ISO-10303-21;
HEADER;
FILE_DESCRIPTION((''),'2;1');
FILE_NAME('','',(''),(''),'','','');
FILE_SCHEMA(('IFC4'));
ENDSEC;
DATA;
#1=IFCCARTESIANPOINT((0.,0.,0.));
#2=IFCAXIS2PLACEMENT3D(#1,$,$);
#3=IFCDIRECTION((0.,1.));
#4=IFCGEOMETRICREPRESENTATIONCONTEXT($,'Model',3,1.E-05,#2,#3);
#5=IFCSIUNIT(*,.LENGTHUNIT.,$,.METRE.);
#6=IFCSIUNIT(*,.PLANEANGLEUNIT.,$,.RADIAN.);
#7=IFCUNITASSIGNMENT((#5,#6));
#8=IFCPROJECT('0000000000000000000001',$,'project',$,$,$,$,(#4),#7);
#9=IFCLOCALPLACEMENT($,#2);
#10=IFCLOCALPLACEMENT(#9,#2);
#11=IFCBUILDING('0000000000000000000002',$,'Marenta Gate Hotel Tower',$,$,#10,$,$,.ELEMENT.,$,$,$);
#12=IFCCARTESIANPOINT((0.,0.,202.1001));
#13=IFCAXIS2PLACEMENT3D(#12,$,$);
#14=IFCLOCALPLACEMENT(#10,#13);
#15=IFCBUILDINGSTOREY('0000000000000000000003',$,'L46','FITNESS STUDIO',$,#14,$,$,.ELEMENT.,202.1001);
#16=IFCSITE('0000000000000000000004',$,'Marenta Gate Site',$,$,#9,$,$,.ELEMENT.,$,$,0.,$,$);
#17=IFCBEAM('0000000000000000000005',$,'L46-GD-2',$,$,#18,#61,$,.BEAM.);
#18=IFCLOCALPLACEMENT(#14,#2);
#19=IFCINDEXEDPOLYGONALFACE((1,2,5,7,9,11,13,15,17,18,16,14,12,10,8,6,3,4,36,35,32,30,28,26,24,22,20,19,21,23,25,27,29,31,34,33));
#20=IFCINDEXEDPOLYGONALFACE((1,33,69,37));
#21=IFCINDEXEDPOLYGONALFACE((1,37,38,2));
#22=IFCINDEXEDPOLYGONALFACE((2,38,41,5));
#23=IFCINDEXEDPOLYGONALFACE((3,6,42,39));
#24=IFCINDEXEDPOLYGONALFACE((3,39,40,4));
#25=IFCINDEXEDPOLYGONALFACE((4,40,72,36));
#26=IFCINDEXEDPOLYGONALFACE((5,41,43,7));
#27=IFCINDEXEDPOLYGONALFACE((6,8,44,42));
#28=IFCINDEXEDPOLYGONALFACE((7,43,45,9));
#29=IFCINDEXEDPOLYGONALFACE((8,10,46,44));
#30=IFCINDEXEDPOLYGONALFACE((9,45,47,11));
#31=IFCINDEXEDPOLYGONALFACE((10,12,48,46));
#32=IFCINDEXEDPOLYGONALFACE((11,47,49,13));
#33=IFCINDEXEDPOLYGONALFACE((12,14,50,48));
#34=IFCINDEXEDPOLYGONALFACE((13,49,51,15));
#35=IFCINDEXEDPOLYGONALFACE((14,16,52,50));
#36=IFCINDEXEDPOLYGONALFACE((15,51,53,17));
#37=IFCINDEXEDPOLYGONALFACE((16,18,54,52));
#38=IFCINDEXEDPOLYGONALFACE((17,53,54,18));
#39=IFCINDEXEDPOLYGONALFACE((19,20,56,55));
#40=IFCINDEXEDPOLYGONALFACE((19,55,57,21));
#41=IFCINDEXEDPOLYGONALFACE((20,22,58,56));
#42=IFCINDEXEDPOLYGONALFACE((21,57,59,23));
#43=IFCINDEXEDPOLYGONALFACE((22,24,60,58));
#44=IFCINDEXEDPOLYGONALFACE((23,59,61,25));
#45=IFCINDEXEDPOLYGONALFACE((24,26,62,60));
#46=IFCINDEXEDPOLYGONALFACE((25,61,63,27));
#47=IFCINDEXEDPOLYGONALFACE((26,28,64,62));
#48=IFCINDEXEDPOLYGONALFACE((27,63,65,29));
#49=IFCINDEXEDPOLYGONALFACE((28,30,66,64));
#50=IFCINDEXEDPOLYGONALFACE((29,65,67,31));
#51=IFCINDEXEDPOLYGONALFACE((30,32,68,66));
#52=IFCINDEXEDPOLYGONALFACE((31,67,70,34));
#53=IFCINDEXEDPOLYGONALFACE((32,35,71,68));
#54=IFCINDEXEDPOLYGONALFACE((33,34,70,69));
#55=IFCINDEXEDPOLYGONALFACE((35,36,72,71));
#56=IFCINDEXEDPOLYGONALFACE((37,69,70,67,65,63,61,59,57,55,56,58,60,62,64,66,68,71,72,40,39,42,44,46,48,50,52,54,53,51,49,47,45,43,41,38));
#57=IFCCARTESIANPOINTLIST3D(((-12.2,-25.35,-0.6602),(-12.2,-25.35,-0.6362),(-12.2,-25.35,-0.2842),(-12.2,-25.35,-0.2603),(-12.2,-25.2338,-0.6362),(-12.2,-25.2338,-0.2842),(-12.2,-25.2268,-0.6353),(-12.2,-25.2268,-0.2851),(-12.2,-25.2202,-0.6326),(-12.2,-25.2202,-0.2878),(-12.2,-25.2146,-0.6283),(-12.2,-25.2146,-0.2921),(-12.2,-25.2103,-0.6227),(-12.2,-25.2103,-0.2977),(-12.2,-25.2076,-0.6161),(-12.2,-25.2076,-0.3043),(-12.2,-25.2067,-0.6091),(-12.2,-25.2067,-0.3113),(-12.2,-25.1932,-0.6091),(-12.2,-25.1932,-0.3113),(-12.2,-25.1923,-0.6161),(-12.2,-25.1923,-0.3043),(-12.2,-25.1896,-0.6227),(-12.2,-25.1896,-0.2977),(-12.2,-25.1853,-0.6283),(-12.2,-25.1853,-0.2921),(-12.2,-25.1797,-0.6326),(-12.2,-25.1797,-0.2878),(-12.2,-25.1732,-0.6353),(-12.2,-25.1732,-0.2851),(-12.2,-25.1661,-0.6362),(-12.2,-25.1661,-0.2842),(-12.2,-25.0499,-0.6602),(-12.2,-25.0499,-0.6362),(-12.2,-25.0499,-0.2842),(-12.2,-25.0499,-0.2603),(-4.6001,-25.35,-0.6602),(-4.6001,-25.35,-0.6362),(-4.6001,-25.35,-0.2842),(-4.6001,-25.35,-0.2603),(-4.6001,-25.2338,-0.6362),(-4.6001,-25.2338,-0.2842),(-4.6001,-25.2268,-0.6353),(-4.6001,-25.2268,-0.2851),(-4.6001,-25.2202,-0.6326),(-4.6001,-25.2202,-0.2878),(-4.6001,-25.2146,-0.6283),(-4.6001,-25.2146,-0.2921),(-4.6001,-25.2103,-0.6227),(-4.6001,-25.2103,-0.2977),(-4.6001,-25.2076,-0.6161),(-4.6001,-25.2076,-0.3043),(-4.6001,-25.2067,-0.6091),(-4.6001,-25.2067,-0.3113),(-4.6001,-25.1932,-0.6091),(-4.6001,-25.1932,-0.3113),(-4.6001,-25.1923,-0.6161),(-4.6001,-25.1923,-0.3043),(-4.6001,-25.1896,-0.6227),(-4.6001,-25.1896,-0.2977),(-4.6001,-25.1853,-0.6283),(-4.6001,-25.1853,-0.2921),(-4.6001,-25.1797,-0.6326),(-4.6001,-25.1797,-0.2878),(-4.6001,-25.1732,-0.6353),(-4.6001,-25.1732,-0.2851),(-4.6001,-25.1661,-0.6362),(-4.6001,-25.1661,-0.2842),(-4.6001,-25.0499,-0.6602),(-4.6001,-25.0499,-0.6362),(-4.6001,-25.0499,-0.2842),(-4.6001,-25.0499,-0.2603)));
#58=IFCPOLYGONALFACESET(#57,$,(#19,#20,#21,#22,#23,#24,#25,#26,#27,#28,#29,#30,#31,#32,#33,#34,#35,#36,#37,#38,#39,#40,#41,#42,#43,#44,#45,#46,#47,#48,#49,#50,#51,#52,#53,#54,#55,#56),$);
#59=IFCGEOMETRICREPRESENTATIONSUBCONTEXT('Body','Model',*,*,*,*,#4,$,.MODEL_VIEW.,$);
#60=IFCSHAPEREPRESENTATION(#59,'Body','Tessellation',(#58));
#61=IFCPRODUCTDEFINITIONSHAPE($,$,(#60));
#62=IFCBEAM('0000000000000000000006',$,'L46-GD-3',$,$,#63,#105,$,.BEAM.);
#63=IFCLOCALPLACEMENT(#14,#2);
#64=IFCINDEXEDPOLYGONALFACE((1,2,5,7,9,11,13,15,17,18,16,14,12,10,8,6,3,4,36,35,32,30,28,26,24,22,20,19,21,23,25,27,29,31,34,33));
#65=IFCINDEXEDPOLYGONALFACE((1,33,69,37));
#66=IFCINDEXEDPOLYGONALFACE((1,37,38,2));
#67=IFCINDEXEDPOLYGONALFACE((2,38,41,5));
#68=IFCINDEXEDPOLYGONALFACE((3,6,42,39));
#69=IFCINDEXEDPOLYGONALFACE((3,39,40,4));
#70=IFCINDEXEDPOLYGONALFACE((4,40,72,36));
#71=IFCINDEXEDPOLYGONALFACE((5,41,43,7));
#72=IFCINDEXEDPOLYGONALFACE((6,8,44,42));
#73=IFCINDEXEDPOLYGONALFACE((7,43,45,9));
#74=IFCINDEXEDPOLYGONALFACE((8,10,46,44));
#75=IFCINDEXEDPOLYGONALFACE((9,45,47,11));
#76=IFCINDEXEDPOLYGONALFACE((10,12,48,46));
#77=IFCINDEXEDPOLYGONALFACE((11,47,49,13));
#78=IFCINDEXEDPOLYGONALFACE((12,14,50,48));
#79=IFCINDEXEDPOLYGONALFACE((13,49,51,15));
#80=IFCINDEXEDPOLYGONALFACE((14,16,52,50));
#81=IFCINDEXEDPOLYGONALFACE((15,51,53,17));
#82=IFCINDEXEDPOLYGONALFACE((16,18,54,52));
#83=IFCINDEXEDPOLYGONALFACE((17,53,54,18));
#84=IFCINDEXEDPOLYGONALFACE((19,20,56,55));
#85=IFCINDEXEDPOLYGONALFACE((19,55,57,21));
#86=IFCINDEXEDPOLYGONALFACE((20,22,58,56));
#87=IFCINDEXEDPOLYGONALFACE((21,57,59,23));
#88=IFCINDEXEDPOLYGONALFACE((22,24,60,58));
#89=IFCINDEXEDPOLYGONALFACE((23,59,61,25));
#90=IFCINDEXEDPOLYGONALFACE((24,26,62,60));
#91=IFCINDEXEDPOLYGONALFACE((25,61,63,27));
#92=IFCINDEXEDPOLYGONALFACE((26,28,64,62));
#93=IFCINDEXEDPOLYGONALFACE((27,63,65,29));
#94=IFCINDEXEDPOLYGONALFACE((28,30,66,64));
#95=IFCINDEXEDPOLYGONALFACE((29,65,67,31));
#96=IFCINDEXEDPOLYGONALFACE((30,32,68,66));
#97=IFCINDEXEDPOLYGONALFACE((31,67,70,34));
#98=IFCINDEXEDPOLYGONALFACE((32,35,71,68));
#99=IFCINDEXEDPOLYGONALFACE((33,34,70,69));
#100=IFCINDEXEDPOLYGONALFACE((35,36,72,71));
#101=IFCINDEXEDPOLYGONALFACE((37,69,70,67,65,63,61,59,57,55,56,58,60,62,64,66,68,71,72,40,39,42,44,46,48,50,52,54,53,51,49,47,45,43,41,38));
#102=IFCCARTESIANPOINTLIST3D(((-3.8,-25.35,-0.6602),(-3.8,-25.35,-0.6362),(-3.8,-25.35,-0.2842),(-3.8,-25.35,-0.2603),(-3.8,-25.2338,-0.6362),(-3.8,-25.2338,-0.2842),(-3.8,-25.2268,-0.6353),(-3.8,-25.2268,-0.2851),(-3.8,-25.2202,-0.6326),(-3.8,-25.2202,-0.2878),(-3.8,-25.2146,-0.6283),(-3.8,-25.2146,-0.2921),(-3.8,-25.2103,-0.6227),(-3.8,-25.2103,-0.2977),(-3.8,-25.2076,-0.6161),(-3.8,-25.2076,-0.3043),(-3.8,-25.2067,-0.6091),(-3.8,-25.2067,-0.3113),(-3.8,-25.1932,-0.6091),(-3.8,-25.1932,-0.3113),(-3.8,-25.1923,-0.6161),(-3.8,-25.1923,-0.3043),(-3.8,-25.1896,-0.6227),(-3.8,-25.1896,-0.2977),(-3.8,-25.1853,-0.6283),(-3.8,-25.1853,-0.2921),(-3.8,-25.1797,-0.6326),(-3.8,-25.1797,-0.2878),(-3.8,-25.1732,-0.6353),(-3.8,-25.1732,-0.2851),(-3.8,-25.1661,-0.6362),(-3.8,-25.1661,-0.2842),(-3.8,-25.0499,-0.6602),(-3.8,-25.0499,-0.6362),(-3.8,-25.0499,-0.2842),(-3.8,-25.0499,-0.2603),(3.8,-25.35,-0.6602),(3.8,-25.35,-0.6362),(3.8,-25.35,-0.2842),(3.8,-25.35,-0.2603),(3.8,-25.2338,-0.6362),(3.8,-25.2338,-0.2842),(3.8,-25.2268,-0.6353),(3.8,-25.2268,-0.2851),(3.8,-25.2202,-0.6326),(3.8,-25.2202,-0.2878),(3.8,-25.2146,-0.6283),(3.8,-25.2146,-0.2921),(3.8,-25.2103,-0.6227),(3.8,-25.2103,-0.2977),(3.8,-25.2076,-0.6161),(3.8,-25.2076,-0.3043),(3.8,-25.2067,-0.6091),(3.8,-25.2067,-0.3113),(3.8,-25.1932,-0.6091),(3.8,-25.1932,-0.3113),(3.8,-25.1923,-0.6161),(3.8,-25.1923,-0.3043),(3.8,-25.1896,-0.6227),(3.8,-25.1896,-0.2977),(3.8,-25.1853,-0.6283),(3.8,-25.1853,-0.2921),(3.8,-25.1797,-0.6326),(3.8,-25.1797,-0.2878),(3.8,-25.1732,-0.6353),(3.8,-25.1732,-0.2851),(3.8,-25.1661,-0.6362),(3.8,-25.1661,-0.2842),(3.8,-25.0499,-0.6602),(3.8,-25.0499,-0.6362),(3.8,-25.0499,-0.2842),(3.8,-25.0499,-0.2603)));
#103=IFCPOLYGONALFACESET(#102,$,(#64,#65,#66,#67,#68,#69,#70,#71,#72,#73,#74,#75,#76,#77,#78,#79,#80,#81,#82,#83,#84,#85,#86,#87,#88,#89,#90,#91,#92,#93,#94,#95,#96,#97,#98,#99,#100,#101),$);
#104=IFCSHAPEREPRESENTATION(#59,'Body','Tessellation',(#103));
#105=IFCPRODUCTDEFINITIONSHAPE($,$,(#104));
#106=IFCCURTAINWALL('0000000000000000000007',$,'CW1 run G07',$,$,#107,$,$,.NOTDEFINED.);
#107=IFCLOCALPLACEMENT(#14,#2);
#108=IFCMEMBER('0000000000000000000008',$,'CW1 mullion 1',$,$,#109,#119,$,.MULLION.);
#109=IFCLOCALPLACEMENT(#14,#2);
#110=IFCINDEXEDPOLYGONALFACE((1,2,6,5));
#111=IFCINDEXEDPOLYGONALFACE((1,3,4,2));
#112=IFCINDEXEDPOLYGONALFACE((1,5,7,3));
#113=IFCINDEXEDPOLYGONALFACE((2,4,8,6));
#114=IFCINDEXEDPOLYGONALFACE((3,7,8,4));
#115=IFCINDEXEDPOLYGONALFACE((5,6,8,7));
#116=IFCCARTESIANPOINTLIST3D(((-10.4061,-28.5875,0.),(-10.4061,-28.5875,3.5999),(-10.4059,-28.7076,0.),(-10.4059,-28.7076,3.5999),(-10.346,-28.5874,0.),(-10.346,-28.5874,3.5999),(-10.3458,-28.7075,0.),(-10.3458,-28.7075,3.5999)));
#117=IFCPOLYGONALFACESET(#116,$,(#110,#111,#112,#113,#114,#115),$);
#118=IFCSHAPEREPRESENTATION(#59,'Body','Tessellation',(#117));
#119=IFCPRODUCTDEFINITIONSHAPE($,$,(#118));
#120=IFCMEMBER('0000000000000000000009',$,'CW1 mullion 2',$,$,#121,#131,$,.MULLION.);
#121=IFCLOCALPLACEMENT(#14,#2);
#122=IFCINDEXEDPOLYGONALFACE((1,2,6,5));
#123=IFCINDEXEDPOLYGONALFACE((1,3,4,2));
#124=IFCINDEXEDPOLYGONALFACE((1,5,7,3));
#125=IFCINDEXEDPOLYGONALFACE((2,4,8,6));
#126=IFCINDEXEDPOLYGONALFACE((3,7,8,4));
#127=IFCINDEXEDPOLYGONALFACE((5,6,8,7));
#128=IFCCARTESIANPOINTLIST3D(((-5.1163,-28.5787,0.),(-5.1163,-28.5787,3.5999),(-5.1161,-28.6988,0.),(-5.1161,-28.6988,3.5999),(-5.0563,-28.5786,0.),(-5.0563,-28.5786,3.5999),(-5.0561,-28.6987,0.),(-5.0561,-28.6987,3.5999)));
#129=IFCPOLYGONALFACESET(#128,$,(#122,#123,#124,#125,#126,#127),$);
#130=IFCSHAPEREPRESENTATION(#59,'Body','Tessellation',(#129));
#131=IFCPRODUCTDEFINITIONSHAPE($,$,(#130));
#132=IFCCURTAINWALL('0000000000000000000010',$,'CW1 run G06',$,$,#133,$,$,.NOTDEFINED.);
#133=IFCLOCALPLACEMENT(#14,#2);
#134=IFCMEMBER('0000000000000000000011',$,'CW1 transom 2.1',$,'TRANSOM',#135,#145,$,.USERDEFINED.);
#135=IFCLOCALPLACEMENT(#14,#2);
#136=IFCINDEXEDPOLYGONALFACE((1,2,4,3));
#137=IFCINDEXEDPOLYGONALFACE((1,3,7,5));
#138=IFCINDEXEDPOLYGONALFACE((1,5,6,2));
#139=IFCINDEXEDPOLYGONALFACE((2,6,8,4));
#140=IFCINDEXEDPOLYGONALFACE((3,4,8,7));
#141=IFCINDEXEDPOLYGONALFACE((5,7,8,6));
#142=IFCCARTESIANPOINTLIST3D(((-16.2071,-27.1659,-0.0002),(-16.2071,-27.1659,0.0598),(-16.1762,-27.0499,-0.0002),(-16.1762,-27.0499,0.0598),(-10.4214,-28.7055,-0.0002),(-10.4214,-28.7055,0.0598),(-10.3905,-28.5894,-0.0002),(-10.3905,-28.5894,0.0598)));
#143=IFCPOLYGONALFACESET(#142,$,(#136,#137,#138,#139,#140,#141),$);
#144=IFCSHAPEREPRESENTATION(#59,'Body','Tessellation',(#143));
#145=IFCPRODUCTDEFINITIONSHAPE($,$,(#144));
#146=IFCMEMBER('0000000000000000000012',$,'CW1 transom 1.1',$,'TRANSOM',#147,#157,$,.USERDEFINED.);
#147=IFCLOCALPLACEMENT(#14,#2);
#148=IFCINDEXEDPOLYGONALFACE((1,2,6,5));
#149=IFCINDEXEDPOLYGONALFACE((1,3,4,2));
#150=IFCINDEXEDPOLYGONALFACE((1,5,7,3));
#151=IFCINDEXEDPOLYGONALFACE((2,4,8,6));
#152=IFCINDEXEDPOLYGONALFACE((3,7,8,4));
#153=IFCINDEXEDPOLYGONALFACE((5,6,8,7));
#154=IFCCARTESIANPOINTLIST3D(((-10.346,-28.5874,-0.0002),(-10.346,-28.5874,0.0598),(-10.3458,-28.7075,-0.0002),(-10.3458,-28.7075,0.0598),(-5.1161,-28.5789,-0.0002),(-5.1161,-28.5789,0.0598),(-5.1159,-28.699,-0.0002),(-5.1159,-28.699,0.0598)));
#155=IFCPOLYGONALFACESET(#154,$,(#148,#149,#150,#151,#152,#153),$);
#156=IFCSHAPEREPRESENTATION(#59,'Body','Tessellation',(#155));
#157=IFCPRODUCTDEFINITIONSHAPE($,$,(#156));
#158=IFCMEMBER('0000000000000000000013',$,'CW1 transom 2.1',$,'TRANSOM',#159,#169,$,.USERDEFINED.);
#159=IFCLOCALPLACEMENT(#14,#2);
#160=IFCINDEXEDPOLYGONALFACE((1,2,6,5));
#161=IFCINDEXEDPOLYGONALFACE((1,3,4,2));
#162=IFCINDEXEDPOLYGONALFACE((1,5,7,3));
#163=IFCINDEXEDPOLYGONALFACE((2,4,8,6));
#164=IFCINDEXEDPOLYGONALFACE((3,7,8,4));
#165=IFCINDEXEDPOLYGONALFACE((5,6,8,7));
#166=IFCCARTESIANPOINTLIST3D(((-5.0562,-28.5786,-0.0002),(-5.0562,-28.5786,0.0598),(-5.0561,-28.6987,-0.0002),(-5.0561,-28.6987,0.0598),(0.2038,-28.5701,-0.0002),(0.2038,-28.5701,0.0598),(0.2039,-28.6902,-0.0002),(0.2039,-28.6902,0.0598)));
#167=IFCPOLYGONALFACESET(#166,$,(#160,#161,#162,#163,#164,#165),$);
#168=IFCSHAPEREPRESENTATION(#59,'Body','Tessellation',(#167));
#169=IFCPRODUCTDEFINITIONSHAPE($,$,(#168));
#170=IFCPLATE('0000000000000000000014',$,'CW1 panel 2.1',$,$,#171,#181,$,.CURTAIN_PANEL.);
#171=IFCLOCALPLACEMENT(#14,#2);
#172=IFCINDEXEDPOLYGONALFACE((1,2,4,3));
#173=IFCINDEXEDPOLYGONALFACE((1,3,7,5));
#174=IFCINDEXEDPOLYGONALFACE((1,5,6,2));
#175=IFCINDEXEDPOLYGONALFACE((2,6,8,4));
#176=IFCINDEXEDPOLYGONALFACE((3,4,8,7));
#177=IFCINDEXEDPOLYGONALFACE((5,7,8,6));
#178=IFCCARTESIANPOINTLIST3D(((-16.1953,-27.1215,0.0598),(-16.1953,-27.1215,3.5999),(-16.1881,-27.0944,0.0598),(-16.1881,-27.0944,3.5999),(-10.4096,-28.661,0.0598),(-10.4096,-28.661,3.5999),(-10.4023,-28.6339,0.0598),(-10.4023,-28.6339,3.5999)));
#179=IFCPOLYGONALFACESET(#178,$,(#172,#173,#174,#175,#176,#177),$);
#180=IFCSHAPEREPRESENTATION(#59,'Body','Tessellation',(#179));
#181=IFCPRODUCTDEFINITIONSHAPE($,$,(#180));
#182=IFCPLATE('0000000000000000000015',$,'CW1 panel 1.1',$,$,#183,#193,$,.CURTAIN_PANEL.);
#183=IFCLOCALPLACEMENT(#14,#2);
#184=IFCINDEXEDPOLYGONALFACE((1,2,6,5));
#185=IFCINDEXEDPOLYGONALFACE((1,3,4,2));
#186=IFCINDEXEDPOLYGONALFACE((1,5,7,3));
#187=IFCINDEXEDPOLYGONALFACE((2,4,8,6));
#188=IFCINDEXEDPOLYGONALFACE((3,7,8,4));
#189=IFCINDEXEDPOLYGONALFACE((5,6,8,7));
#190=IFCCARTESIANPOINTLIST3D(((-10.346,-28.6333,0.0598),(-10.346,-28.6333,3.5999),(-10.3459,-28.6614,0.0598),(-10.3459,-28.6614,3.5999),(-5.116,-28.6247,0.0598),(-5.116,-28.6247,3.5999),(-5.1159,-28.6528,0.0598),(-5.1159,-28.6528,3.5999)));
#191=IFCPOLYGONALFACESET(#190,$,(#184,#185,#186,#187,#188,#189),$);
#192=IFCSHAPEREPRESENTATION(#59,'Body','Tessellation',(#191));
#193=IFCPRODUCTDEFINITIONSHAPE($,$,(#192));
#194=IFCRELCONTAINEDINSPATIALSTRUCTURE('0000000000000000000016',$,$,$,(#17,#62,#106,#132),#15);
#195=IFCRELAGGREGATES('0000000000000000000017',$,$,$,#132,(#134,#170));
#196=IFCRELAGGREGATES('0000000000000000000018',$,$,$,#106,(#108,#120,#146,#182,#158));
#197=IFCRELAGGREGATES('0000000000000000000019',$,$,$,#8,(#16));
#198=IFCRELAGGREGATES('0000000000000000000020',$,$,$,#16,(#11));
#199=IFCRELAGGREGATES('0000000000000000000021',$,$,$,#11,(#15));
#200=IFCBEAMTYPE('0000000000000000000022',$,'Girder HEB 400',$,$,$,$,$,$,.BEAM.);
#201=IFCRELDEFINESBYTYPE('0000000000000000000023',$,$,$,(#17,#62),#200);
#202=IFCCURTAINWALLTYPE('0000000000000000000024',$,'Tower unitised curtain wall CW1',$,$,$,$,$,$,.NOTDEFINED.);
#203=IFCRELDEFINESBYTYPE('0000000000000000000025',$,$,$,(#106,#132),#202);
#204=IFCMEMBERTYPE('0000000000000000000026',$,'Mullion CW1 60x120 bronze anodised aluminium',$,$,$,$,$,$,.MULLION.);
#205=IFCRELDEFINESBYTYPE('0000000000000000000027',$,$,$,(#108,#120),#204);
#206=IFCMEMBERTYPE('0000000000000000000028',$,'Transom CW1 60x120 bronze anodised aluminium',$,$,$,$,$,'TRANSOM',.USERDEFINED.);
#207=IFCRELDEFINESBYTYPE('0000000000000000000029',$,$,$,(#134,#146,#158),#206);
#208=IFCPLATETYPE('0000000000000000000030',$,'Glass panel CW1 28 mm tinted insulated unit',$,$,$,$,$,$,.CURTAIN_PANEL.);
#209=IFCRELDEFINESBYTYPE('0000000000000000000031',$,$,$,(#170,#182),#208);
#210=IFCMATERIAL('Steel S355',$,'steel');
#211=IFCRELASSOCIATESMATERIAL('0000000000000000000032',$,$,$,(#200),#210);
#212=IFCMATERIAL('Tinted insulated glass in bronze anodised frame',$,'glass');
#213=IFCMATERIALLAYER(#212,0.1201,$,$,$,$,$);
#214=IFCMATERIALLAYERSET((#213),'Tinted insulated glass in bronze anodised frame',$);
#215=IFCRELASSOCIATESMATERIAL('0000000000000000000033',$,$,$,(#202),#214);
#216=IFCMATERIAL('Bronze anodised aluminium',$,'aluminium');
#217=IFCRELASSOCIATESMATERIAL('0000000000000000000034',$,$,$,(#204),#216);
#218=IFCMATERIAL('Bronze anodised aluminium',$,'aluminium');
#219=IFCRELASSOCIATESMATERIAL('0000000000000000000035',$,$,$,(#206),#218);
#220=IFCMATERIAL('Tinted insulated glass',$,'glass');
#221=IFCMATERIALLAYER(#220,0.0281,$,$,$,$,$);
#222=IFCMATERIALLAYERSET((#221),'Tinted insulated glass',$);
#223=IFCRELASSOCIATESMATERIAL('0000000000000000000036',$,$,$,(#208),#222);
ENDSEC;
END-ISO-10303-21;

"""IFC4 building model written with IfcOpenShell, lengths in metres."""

from ifc_helpers import new_model, si_unit, direction, frame, origin, origin_2d, place, context, subcontext, project, spatial, rectangle, i_section, extrude, material, layer, layer_set, material_profile, profile_set, type_object, element, aggregate, save


model = new_model("IFC4")

# Units and contexts
model_context = context("Model", 3, precision=1e-05, world=origin(), true_north=direction((0.0, 1.0)))
body_context = subcontext(model_context, "Body", "Model", "MODEL_VIEW")
ifc_project = project(units=[si_unit("LENGTHUNIT", "METRE"), si_unit("PLANEANGLEUNIT", "RADIAN")], contexts=[model_context])

# Site, building, storey
site_placement = place(None, origin())
site = spatial("IfcSite", under=ifc_project, at=site_placement, Name="Marenta Gate Site", CompositionType="ELEMENT", RefElevation=0.0)
building_placement = place(site_placement, origin())
building = spatial("IfcBuilding", under=site, at=building_placement, Name="Marenta Gate Hotel Tower", CompositionType="ELEMENT")
storey_placement = place(building_placement, frame((0.0, 0.0, 202.1001)))
storey = spatial("IfcBuildingStorey", under=building, at=storey_placement, Name="L46", Description="FITNESS STUDIO", CompositionType="ELEMENT", Elevation=202.1001)

# Beams
ifc_material_1 = material(Name="Steel S355", Category="steel")
ifc_material_profile_1 = material_profile(ifc_material_1, i_section(OverallWidth=0.3, OverallDepth=0.3999, WebThickness=0.0134, FlangeThickness=0.0239, FilletRadius=0.0271, at=origin_2d()), Name="HEB 400")
ifc_profile_set_1 = profile_set([ifc_material_profile_1], Name="Steel S355")
beam_type_1 = type_object("IfcBeamType", Name="Girder HEB 400", PredefinedType="BEAM", material=ifc_profile_set_1)
beam_1_placement = place(storey_placement, frame((-12.2, -25.2, -0.4602), z_axis=(1.0, 0.0, 0.0), x_axis=(0.0, 1.0, 0.0)))
element("IfcBeam", 1, at=beam_1_placement, inside=storey, type_object=beam_type_1, Name="L46-GD-2", PredefinedType="BEAM", context=body_context, shape_type="SweptSolid", body=[
    extrude(i_section(OverallWidth=0.3, OverallDepth=0.3999, WebThickness=0.0134, FlangeThickness=0.0239, FilletRadius=0.0271, at=origin_2d()), origin(), (0.0, 0.0, 1.0), 7.5999),
])
beam_2_placement = place(storey_placement, frame((-3.8, -25.2, -0.4602), z_axis=(1.0, 0.0, 0.0), x_axis=(0.0, 1.0, 0.0)))
element("IfcBeam", 2, at=beam_2_placement, inside=storey, type_object=beam_type_1, Name="L46-GD-3", PredefinedType="BEAM", context=body_context, shape_type="SweptSolid", body=[
    extrude(i_section(OverallWidth=0.3, OverallDepth=0.3999, WebThickness=0.0134, FlangeThickness=0.0239, FilletRadius=0.0271, at=origin_2d()), origin(), (0.0, 0.0, 1.0), 7.6001),
])

# Curtain wall, members
ifc_material_2 = material(Name="Tinted insulated glass in bronze anodised frame", Category="glass")
ifc_layer_1 = layer(ifc_material_2, 0.1201)
ifc_layer_set_1 = layer_set([ifc_layer_1], Name="Tinted insulated glass in bronze anodised frame")
curtain_wall_type = type_object("IfcCurtainWallType", Name="Tower unitised curtain wall CW1", PredefinedType="NOTDEFINED", material=ifc_layer_set_1)
curtain_wall_1_placement = place(storey_placement, origin())
curtain_wall_1 = element("IfcCurtainWall", 3, at=curtain_wall_1_placement, inside=storey, type_object=curtain_wall_type, Name="CW1 run G07", PredefinedType="NOTDEFINED")
ifc_material_3 = material(Name="Bronze anodised aluminium", Category="aluminium")
ifc_material_profile_2 = material_profile(ifc_material_3, rectangle(XDim=0.1201, YDim=0.0601, at=origin_2d()), Name="Mullion CW1 60x120 bronze anodised aluminium")
ifc_profile_set_2 = profile_set([ifc_material_profile_2], Name="Bronze anodised aluminium")
member_type_1 = type_object("IfcMemberType", Name="Mullion CW1 60x120 bronze anodised aluminium", PredefinedType="MULLION", material=ifc_profile_set_2)
member_1_placement = place(storey_placement, frame((-10.376, -28.6475, 0.0), z_axis=(0.0, 0.0, 1.0), x_axis=(-0.001645, 0.999999, 0.0)))
member_1 = element("IfcMember", 4, at=member_1_placement, type_object=member_type_1, Name="CW1 mullion 1", PredefinedType="MULLION", context=body_context, shape_type="SweptSolid", body=[
    extrude(rectangle(XDim=0.1201, YDim=0.0601, at=origin_2d()), origin(), (0.0, 0.0, 1.0), 3.5999),
])
member_2_placement = place(storey_placement, frame((-5.0862, -28.6387, 0.0), z_axis=(0.0, 0.0, 1.0), x_axis=(-0.001645, 0.999999, 0.0)))
member_2 = element("IfcMember", 5, at=member_2_placement, type_object=member_type_1, Name="CW1 mullion 2", PredefinedType="MULLION", context=body_context, shape_type="SweptSolid", body=[
    extrude(rectangle(XDim=0.1201, YDim=0.0601, at=origin_2d()), origin(), (0.0, 0.0, 1.0), 3.5999),
])

# Curtain wall, member
curtain_wall_2_placement = place(storey_placement, origin())
curtain_wall_2 = element("IfcCurtainWall", 6, at=curtain_wall_2_placement, inside=storey, type_object=curtain_wall_type, Name="CW1 run G06", PredefinedType="NOTDEFINED")
ifc_material_4 = material(Name="Bronze anodised aluminium", Category="aluminium")
ifc_material_profile_3 = material_profile(ifc_material_4, rectangle(XDim=0.1201, YDim=0.0601, at=origin_2d()), Name="Transom CW1 60x120 bronze anodised aluminium")
ifc_profile_set_3 = profile_set([ifc_material_profile_3], Name="Bronze anodised aluminium")
member_type_2 = type_object("IfcMemberType", Name="Transom CW1 60x120 bronze anodised aluminium", ElementType="TRANSOM", PredefinedType="USERDEFINED", material=ifc_profile_set_3)
member_3_placement = place(storey_placement, frame((-16.1917, -27.1079, 0.0298), z_axis=(0.966372, -0.25715, 0.0), x_axis=(0.25715, 0.966372, 0.0)))
member_3 = element("IfcMember", 7, at=member_3_placement, type_object=member_type_2, Name="CW1 transom 2.1", ObjectType="TRANSOM", PredefinedType="USERDEFINED", context=body_context, shape_type="SweptSolid", body=[
    extrude(rectangle(XDim=0.1201, YDim=0.0601, at=origin_2d()), origin(), (0.0, 0.0, 1.0), 5.9871),
])

# Members
member_4_placement = place(storey_placement, frame((-10.3459, -28.6475, 0.0298), z_axis=(0.999999, 0.001634, 0.0), x_axis=(-0.001634, 0.999999, 0.0)))
member_4 = element("IfcMember", 8, at=member_4_placement, type_object=member_type_2, Name="CW1 transom 1.1", ObjectType="TRANSOM", PredefinedType="USERDEFINED", context=body_context, shape_type="SweptSolid", body=[
    extrude(rectangle(XDim=0.1201, YDim=0.0601, at=origin_2d()), origin(), (0.0, 0.0, 1.0), 5.23),
])
member_5_placement = place(storey_placement, frame((-5.0562, -28.6387, 0.0298), z_axis=(0.999999, 0.001625, 0.0), x_axis=(-0.001625, 0.999999, 0.0)))
member_5 = element("IfcMember", 9, at=member_5_placement, type_object=member_type_2, Name="CW1 transom 2.1", ObjectType="TRANSOM", PredefinedType="USERDEFINED", context=body_context, shape_type="SweptSolid", body=[
    extrude(rectangle(XDim=0.1201, YDim=0.0601, at=origin_2d()), origin(), (0.0, 0.0, 1.0), 5.26),
])

# Plates
ifc_material_5 = material(Name="Tinted insulated glass", Category="glass")
ifc_layer_2 = layer(ifc_material_5, 0.0281)
ifc_layer_set_2 = layer_set([ifc_layer_2], Name="Tinted insulated glass")
plate_type = type_object("IfcPlateType", Name="Glass panel CW1 28 mm tinted insulated unit", PredefinedType="CURTAIN_PANEL", material=ifc_layer_set_2)
plate_1_placement = place(storey_placement, frame((-13.2988, -27.8777, 0.0598), z_axis=(0.0, 0.0, 1.0), x_axis=(0.966374, -0.257139, 0.0)))
plate_1 = element("IfcPlate", 10, at=plate_1_placement, type_object=plate_type, Name="CW1 panel 2.1", PredefinedType="CURTAIN_PANEL", context=body_context, shape_type="SweptSolid", body=[
    extrude(rectangle(XDim=5.9871, YDim=0.0281, at=origin_2d()), origin(), (0.0, 0.0, 1.0), 3.54),
])
aggregate(curtain_wall_2, [member_3, plate_1])
plate_2_placement = place(storey_placement, frame((-7.731, -28.6431, 0.0598), z_axis=(0.0, 0.0, 1.0), x_axis=(0.999999, 0.001645, 0.0)))
plate_2 = element("IfcPlate", 11, at=plate_2_placement, type_object=plate_type, Name="CW1 panel 1.1", PredefinedType="CURTAIN_PANEL", context=body_context, shape_type="SweptSolid", body=[
    extrude(rectangle(XDim=5.23, YDim=0.0281, at=origin_2d()), origin(), (0.0, 0.0, 1.0), 3.54),
])
aggregate(curtain_wall_1, [member_1, member_2, member_4, plate_2, member_5])

save(model, "model.ifc")
